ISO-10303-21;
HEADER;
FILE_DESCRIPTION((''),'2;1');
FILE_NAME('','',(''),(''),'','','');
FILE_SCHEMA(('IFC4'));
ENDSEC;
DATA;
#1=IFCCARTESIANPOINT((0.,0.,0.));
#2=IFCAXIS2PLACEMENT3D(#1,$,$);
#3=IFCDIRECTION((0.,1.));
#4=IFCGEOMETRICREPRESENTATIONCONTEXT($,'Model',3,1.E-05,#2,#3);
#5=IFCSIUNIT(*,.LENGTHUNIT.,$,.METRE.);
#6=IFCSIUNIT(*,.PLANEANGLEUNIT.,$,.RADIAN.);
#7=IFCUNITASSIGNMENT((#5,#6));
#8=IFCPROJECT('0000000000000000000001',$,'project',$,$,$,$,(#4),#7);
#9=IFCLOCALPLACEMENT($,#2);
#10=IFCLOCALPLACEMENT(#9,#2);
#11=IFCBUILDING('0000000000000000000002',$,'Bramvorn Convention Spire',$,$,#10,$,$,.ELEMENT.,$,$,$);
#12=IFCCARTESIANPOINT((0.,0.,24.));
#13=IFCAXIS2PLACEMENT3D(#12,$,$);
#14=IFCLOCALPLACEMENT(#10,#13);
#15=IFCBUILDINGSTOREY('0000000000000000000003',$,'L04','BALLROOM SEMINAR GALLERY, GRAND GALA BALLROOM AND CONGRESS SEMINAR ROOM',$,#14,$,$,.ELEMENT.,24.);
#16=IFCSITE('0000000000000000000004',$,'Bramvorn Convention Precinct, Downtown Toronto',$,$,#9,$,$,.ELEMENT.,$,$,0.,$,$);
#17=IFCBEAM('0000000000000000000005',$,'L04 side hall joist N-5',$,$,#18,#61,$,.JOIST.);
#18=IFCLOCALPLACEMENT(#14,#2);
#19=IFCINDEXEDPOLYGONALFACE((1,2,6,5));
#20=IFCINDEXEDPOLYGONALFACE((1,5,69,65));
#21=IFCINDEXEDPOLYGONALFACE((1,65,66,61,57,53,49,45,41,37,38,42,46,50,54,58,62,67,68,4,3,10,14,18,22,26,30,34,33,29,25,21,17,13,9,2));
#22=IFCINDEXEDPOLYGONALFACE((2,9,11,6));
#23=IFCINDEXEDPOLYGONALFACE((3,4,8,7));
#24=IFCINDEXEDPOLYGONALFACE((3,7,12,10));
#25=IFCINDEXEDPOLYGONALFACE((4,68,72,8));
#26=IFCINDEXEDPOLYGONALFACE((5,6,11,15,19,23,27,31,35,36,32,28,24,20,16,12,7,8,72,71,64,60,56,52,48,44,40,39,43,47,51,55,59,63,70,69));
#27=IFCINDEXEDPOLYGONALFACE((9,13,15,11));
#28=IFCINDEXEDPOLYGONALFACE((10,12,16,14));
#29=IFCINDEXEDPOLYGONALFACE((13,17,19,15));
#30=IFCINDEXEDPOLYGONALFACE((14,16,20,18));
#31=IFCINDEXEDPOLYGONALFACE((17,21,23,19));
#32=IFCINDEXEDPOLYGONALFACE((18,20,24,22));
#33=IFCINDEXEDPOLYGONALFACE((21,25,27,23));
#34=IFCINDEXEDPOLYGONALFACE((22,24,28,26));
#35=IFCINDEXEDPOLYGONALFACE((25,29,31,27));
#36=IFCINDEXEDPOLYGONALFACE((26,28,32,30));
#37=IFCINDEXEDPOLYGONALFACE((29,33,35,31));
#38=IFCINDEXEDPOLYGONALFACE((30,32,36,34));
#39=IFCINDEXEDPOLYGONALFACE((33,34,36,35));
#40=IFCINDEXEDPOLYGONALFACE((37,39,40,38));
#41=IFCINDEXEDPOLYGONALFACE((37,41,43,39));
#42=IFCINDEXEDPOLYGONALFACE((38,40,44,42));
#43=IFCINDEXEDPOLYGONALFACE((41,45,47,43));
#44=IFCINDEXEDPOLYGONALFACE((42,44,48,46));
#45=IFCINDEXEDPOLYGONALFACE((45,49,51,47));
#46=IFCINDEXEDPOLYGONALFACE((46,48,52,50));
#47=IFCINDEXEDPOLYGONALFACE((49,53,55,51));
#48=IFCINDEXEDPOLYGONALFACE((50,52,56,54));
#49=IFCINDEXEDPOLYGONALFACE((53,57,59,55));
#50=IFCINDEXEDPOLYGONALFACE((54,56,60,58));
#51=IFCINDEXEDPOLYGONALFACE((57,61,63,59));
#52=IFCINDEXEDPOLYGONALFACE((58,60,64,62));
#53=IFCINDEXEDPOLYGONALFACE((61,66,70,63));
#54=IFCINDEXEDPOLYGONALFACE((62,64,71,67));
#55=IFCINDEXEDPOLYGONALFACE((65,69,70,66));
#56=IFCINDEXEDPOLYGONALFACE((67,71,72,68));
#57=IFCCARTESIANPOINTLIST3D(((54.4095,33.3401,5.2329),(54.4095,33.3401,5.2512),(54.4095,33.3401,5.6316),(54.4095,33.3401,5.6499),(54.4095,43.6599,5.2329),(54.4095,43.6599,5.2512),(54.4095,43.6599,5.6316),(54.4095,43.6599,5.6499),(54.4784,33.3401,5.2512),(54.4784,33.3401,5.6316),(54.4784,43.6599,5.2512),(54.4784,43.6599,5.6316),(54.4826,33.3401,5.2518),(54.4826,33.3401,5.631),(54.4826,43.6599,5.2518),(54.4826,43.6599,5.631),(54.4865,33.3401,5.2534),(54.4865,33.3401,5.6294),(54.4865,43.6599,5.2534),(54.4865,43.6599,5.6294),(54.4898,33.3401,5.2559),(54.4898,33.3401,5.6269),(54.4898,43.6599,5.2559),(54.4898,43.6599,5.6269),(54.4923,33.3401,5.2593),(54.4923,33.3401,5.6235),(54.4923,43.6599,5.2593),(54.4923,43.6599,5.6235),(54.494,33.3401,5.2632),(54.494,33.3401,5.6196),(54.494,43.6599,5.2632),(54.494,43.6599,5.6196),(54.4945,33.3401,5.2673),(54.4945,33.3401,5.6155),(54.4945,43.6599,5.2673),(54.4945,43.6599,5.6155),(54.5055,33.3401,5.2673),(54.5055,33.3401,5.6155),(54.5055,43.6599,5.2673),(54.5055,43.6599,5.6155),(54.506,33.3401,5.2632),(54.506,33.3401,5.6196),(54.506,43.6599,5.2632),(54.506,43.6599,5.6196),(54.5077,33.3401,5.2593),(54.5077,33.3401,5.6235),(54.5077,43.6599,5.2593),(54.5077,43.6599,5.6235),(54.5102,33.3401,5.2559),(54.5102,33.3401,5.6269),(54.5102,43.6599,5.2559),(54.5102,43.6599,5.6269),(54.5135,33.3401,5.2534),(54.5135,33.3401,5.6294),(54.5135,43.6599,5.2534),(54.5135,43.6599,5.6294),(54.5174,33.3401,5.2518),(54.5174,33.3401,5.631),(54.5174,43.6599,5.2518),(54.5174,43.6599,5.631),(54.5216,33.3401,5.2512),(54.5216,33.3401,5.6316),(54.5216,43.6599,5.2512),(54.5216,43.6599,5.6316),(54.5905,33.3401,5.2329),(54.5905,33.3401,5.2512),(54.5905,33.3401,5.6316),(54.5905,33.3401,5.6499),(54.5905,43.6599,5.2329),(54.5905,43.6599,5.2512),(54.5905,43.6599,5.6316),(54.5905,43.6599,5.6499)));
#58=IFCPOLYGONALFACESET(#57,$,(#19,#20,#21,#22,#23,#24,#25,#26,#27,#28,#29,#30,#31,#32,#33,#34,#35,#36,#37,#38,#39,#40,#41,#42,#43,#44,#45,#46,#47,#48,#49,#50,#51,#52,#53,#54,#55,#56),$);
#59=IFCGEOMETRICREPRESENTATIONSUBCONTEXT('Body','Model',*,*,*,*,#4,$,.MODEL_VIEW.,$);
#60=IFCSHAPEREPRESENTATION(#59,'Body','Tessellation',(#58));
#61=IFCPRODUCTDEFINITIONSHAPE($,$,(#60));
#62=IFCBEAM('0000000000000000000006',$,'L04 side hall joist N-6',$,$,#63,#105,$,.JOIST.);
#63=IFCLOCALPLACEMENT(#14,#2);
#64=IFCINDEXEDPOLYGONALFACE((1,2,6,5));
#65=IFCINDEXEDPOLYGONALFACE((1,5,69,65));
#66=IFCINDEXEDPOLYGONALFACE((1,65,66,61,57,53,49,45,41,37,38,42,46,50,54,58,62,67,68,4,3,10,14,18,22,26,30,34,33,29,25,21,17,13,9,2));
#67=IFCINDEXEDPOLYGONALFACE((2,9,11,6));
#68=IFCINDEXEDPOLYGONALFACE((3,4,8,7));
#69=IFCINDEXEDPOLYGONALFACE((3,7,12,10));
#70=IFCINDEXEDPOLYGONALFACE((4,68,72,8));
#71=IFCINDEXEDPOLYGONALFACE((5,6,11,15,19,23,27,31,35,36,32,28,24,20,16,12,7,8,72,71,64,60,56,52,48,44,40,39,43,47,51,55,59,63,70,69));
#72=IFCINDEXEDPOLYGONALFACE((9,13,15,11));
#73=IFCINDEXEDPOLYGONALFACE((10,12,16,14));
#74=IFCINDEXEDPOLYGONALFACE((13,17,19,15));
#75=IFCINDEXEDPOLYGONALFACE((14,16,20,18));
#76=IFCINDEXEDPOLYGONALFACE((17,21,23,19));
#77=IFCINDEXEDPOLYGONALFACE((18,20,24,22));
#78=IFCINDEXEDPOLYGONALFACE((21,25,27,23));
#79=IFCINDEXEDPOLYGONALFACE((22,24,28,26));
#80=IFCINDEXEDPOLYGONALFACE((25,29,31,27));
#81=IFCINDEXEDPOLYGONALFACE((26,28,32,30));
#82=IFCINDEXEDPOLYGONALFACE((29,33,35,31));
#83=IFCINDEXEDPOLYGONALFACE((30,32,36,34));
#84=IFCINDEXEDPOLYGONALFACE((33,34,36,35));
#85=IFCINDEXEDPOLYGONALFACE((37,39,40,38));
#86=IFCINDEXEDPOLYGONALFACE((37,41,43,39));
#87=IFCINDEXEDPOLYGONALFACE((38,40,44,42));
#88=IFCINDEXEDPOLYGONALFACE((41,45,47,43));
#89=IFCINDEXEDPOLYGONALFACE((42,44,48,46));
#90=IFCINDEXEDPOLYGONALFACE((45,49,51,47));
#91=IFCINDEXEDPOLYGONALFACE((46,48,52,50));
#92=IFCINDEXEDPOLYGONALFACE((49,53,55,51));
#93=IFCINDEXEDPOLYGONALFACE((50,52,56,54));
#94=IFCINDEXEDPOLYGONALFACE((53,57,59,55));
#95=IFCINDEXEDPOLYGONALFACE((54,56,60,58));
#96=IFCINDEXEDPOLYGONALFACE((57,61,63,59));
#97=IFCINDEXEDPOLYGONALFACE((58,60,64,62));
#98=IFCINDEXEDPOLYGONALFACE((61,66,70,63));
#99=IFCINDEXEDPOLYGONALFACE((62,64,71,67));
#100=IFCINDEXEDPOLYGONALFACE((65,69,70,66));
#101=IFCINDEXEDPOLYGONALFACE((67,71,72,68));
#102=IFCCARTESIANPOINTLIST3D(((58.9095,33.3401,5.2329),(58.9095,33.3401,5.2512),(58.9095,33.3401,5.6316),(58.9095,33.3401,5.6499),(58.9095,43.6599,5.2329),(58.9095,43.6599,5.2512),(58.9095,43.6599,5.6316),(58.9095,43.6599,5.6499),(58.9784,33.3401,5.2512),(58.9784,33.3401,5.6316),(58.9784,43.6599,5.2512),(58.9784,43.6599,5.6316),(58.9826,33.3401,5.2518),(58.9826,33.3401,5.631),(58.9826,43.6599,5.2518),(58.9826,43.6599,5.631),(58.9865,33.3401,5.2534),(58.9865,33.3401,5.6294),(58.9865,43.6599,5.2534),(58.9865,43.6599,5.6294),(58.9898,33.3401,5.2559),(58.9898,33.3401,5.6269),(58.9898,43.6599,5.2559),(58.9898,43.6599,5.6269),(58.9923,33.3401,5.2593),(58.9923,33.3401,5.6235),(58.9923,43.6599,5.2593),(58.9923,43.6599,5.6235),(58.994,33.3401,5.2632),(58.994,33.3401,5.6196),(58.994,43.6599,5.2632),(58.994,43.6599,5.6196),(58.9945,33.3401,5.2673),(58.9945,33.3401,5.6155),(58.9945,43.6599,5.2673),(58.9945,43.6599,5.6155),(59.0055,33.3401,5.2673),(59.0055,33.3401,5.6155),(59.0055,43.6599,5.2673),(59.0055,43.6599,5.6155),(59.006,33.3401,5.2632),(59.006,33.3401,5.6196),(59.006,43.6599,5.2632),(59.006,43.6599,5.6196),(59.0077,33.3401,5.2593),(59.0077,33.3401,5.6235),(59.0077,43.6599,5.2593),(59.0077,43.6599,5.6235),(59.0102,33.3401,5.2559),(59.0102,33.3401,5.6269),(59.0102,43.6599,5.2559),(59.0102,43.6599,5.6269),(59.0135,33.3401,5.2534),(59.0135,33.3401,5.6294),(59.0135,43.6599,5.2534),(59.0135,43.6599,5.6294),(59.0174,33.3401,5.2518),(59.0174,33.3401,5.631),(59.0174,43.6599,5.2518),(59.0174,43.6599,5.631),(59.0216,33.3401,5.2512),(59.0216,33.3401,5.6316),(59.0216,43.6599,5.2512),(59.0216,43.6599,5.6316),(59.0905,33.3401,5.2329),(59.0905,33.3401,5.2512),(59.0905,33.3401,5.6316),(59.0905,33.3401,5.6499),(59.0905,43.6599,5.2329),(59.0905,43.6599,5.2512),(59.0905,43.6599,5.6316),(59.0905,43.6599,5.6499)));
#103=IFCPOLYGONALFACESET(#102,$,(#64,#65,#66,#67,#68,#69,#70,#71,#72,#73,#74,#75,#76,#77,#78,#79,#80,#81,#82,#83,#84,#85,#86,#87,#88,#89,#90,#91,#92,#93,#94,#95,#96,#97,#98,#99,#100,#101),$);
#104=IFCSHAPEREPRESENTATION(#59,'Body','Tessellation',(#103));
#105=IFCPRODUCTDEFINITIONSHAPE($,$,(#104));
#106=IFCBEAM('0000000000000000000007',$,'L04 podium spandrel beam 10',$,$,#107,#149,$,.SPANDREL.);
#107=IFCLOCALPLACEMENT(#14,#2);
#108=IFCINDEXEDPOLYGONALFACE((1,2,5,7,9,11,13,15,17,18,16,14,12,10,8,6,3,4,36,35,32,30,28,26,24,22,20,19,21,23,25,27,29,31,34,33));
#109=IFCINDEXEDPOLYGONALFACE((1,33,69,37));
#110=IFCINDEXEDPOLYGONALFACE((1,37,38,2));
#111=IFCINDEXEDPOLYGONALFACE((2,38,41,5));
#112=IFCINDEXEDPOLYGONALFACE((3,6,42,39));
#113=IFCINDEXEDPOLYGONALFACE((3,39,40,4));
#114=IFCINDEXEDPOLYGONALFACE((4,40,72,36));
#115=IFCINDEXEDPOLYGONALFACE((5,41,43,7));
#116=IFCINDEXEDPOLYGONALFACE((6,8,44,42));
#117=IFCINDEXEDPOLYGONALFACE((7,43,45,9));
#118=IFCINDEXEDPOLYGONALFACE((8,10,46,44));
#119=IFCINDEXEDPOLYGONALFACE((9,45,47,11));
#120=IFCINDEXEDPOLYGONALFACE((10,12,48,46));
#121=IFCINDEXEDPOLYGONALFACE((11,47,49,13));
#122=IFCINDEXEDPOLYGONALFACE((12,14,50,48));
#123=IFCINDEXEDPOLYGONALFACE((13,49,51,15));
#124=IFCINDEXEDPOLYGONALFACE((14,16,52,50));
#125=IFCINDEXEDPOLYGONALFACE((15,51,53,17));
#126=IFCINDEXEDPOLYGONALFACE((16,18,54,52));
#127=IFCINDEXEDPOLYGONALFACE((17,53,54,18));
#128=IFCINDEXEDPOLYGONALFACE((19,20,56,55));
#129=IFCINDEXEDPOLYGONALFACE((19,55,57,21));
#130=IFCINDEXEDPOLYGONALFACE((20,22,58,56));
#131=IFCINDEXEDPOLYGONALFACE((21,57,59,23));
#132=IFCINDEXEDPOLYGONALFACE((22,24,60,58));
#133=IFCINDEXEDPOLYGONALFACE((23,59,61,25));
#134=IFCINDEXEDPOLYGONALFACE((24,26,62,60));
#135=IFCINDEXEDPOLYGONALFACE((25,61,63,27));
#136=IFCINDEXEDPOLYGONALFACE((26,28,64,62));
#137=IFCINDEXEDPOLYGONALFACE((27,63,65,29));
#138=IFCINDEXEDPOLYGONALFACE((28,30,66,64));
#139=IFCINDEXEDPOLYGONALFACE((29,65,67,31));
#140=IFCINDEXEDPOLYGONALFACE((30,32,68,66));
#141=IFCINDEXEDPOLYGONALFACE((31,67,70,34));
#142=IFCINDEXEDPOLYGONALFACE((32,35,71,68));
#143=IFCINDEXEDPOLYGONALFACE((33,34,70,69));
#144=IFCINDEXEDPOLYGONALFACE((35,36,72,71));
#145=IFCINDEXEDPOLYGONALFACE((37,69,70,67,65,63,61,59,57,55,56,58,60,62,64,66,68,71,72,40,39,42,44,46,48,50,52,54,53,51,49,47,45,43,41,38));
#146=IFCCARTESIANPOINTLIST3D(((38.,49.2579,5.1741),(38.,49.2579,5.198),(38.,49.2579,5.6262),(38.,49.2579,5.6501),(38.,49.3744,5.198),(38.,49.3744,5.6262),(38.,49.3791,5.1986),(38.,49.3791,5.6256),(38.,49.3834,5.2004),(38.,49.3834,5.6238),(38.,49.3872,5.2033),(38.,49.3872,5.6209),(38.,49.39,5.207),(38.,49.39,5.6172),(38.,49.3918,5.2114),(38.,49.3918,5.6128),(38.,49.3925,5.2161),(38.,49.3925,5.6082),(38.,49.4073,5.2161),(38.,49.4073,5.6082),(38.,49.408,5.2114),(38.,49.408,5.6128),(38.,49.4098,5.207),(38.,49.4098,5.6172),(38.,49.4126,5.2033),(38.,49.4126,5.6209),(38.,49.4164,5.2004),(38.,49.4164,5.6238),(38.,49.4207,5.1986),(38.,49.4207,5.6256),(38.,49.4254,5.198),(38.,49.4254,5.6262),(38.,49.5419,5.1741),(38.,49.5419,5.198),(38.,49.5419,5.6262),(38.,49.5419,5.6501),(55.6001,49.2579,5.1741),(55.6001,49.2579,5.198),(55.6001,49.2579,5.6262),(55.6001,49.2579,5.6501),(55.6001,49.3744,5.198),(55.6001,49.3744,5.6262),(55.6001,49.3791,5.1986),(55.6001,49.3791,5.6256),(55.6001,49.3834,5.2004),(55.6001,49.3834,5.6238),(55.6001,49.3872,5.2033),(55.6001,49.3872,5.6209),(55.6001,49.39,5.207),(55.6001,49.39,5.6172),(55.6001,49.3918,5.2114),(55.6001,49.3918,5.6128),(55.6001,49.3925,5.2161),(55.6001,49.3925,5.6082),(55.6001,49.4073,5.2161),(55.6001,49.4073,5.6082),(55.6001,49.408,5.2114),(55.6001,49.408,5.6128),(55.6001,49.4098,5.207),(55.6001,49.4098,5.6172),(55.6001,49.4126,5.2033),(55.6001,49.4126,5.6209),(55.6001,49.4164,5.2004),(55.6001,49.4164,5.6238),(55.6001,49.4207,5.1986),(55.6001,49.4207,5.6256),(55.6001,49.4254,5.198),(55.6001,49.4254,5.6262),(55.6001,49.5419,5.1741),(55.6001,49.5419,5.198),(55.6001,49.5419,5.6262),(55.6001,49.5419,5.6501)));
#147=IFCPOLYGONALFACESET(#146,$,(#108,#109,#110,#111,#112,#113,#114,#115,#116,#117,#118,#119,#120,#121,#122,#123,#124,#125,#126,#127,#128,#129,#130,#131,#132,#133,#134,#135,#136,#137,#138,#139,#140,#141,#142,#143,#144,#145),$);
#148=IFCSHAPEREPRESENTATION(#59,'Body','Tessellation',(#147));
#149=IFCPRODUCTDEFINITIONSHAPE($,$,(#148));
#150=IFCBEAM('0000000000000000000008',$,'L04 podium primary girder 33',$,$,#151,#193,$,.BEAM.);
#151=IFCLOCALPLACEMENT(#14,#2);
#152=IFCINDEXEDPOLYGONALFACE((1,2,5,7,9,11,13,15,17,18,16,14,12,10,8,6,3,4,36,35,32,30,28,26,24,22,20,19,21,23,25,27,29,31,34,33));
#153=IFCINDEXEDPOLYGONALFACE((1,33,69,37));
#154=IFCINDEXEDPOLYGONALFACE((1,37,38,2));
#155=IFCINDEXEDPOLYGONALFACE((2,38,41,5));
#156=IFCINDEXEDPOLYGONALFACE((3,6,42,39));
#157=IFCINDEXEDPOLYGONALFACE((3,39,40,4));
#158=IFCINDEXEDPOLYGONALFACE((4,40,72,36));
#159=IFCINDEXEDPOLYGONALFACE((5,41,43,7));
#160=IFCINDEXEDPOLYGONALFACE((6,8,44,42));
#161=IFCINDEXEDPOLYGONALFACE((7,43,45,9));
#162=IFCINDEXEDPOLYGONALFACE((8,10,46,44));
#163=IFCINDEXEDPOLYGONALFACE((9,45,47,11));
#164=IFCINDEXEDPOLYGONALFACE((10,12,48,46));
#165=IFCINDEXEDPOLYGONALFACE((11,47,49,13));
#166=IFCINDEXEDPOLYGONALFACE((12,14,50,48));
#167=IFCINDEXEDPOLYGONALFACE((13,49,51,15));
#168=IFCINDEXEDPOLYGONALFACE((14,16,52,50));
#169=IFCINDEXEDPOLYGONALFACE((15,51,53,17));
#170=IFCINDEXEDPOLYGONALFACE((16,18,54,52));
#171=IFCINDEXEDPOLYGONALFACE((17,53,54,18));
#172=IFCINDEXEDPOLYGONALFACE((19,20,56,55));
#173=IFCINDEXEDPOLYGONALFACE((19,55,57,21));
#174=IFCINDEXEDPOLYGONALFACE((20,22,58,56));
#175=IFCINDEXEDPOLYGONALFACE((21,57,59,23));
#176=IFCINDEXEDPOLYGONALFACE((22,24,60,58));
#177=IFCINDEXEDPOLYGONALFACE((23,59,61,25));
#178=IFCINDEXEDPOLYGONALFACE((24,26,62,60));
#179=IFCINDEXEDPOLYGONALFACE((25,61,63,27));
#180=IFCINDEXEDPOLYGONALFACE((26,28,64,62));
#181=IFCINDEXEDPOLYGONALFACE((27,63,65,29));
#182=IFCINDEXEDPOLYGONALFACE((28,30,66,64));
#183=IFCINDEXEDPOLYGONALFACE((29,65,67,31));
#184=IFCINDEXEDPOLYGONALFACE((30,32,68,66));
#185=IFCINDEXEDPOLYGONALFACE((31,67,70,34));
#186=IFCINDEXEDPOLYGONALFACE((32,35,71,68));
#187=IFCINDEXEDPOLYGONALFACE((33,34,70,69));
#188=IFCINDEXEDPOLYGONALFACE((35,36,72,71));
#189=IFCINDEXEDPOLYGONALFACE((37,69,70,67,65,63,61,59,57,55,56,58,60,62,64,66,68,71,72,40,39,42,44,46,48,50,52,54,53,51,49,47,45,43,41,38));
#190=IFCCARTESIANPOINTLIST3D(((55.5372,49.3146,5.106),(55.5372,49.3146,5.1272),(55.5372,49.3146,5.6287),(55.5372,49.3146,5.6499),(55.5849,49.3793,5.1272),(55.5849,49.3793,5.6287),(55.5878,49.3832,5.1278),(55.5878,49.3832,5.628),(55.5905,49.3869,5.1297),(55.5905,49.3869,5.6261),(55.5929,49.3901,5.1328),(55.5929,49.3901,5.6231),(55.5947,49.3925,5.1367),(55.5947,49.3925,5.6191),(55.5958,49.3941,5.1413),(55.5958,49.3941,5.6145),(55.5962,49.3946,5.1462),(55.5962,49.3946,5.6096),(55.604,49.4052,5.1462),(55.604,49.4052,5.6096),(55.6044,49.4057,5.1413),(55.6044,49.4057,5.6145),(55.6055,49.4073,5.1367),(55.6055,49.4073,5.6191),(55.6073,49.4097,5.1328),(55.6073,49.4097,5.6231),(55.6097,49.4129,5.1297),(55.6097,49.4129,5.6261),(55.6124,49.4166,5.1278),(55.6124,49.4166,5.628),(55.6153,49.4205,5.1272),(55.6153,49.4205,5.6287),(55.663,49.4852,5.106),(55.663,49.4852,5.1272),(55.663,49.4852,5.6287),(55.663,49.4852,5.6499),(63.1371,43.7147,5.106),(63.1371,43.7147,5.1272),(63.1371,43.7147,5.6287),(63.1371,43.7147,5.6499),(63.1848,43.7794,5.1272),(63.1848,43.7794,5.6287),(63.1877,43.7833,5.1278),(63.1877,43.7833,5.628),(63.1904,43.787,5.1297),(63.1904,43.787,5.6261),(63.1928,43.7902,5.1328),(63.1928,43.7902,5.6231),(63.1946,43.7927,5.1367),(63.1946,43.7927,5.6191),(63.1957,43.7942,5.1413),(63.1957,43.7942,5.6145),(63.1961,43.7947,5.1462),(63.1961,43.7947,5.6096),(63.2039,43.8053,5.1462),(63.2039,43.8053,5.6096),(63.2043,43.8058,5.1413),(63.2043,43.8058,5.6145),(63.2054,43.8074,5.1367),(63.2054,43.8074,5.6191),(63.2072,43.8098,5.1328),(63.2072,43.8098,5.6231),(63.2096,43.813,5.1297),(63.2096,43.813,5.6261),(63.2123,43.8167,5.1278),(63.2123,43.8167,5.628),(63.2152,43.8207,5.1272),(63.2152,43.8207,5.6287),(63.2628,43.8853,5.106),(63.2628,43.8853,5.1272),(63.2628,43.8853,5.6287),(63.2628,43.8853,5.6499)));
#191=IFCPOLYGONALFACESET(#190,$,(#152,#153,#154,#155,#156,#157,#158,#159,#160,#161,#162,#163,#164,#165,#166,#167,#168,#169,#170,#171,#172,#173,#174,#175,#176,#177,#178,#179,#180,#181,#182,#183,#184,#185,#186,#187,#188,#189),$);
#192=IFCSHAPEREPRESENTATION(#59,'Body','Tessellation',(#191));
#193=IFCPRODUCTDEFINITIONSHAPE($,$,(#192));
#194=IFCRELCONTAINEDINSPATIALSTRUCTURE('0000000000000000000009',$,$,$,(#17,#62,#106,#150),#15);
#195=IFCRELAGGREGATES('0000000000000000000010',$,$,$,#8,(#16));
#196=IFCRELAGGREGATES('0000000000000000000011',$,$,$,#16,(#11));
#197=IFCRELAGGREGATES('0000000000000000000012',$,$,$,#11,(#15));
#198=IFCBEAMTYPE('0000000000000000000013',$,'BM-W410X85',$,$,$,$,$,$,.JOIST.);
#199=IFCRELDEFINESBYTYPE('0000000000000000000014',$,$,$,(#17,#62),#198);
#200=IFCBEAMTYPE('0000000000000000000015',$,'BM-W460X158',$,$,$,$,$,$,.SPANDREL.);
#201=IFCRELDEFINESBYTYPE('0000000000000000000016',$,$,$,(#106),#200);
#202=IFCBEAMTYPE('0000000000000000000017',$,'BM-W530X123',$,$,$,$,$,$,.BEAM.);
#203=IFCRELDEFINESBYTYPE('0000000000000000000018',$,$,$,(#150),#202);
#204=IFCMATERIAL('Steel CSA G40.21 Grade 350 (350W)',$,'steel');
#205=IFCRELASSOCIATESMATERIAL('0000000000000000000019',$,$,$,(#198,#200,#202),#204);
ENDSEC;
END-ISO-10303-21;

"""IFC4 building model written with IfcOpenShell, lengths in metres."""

from ifc_helpers import new_model, si_unit, direction, frame, origin, origin_2d, place, context, subcontext, project, spatial, i_section, extrude, material, material_profile, profile_set, type_object, element, save


model = new_model("IFC4")

# Units and contexts
model_context = context("Model", 3, precision=1e-05, world=origin(), true_north=direction((0.0, 1.0)))
body_context = subcontext(model_context, "Body", "Model", "MODEL_VIEW")
ifc_project = project(units=[si_unit("LENGTHUNIT", "METRE"), si_unit("PLANEANGLEUNIT", "RADIAN")], contexts=[model_context])

# Site, building, storey
site_placement = place(None, origin())
site = spatial("IfcSite", under=ifc_project, at=site_placement, Name="Bramvorn Convention Precinct, Downtown Toronto", CompositionType="ELEMENT", RefElevation=0.0)
building_placement = place(site_placement, origin())
building = spatial("IfcBuilding", under=site, at=building_placement, Name="Bramvorn Convention Spire", CompositionType="ELEMENT")
storey_placement = place(building_placement, frame((0.0, 0.0, 24.0)))
storey = spatial("IfcBuildingStorey", under=building, at=storey_placement, Name="L04", Description="BALLROOM SEMINAR GALLERY, GRAND GALA BALLROOM AND CONGRESS SEMINAR ROOM", CompositionType="ELEMENT", Elevation=24.0)

# Shared definitions
ifc_material_1 = material(Name="Steel CSA G40.21 Grade 350 (350W)", Category="steel")

# Beams
ifc_material_profile_1 = material_profile(ifc_material_1, i_section(OverallWidth=0.1809, OverallDepth=0.417, WebThickness=0.011, FlangeThickness=0.0183, FilletRadius=0.0161, at=origin_2d()))
ifc_profile_set_1 = profile_set([ifc_material_profile_1], Name="Steel CSA G40.21 Grade 350 (350W) - W410X85")
beam_type_1 = type_object("IfcBeamType", Name="BM-W410X85", PredefinedType="JOIST", material=ifc_profile_set_1)
for number, where, z_axis, x_axis, name in (
    (1, (54.5, 33.3401, 5.4414), (0.0, 1.0, 0.0), (-1.0, 0.0, 0.0), "L04 side hall joist N-5"),
    (2, (59.0, 33.3401, 5.4414), (0.0, 1.0, 0.0), (-1.0, 0.0, 0.0), "L04 side hall joist N-6"),
):
    element("IfcBeam", number, at=place(storey_placement, frame(where, z_axis=z_axis, x_axis=x_axis)), inside=storey, type_object=beam_type_1, Name=name, PredefinedType="JOIST", context=body_context, shape_type="SweptSolid", body=[
        extrude(i_section(OverallWidth=0.1809, OverallDepth=0.417, WebThickness=0.011, FlangeThickness=0.0183, FilletRadius=0.0161, at=origin_2d()), origin(), (0.0, 0.0, 1.0), 10.3198),
    ])
ifc_material_profile_2 = material_profile(ifc_material_1, i_section(OverallWidth=0.2839, OverallDepth=0.4761, WebThickness=0.0149, FlangeThickness=0.0239, FilletRadius=0.0181, at=origin_2d()))
ifc_profile_set_2 = profile_set([ifc_material_profile_2], Name="Steel CSA G40.21 Grade 350 (350W) - W460X158")
beam_type_2 = type_object("IfcBeamType", Name="BM-W460X158", PredefinedType="SPANDREL", material=ifc_profile_set_2)
beam_1_placement = place(storey_placement, frame((55.6001, 49.3999, 5.4121), z_axis=(-1.0, 0.0, 0.0), x_axis=(0.0, -1.0, 0.0)))
element("IfcBeam", 3, at=beam_1_placement, inside=storey, type_object=beam_type_2, Name="L04 podium spandrel beam 10", PredefinedType="SPANDREL", context=body_context, shape_type="SweptSolid", body=[
    extrude(i_section(OverallWidth=0.2839, OverallDepth=0.4761, WebThickness=0.0149, FlangeThickness=0.0239, FilletRadius=0.0181, at=origin_2d()), origin(), (0.0, 0.0, 1.0), 17.6001),
])
ifc_material_profile_3 = material_profile(ifc_material_1, i_section(OverallWidth=0.2119, OverallDepth=0.5439, WebThickness=0.0132, FlangeThickness=0.0212, FilletRadius=0.019, at=origin_2d()))
ifc_profile_set_3 = profile_set([ifc_material_profile_3], Name="Steel CSA G40.21 Grade 350 (350W) - W530X123")
beam_type_3 = type_object("IfcBeamType", Name="BM-W530X123", PredefinedType="BEAM", material=ifc_profile_set_3)
beam_2_placement = place(storey_placement, frame((55.6001, 49.3999, 5.3779), z_axis=(0.805058, -0.593196, 0.0), x_axis=(0.593196, 0.805058, 0.0)))
element("IfcBeam", 4, at=beam_2_placement, inside=storey, type_object=beam_type_3, Name="L04 podium primary girder 33", PredefinedType="BEAM", context=body_context, shape_type="SweptSolid", body=[
    extrude(i_section(OverallWidth=0.2119, OverallDepth=0.5439, WebThickness=0.0132, FlangeThickness=0.0212, FilletRadius=0.019, at=origin_2d()), origin(), (0.0, 0.0, 1.0), 9.4402),
])

save(model, "model.ifc")
